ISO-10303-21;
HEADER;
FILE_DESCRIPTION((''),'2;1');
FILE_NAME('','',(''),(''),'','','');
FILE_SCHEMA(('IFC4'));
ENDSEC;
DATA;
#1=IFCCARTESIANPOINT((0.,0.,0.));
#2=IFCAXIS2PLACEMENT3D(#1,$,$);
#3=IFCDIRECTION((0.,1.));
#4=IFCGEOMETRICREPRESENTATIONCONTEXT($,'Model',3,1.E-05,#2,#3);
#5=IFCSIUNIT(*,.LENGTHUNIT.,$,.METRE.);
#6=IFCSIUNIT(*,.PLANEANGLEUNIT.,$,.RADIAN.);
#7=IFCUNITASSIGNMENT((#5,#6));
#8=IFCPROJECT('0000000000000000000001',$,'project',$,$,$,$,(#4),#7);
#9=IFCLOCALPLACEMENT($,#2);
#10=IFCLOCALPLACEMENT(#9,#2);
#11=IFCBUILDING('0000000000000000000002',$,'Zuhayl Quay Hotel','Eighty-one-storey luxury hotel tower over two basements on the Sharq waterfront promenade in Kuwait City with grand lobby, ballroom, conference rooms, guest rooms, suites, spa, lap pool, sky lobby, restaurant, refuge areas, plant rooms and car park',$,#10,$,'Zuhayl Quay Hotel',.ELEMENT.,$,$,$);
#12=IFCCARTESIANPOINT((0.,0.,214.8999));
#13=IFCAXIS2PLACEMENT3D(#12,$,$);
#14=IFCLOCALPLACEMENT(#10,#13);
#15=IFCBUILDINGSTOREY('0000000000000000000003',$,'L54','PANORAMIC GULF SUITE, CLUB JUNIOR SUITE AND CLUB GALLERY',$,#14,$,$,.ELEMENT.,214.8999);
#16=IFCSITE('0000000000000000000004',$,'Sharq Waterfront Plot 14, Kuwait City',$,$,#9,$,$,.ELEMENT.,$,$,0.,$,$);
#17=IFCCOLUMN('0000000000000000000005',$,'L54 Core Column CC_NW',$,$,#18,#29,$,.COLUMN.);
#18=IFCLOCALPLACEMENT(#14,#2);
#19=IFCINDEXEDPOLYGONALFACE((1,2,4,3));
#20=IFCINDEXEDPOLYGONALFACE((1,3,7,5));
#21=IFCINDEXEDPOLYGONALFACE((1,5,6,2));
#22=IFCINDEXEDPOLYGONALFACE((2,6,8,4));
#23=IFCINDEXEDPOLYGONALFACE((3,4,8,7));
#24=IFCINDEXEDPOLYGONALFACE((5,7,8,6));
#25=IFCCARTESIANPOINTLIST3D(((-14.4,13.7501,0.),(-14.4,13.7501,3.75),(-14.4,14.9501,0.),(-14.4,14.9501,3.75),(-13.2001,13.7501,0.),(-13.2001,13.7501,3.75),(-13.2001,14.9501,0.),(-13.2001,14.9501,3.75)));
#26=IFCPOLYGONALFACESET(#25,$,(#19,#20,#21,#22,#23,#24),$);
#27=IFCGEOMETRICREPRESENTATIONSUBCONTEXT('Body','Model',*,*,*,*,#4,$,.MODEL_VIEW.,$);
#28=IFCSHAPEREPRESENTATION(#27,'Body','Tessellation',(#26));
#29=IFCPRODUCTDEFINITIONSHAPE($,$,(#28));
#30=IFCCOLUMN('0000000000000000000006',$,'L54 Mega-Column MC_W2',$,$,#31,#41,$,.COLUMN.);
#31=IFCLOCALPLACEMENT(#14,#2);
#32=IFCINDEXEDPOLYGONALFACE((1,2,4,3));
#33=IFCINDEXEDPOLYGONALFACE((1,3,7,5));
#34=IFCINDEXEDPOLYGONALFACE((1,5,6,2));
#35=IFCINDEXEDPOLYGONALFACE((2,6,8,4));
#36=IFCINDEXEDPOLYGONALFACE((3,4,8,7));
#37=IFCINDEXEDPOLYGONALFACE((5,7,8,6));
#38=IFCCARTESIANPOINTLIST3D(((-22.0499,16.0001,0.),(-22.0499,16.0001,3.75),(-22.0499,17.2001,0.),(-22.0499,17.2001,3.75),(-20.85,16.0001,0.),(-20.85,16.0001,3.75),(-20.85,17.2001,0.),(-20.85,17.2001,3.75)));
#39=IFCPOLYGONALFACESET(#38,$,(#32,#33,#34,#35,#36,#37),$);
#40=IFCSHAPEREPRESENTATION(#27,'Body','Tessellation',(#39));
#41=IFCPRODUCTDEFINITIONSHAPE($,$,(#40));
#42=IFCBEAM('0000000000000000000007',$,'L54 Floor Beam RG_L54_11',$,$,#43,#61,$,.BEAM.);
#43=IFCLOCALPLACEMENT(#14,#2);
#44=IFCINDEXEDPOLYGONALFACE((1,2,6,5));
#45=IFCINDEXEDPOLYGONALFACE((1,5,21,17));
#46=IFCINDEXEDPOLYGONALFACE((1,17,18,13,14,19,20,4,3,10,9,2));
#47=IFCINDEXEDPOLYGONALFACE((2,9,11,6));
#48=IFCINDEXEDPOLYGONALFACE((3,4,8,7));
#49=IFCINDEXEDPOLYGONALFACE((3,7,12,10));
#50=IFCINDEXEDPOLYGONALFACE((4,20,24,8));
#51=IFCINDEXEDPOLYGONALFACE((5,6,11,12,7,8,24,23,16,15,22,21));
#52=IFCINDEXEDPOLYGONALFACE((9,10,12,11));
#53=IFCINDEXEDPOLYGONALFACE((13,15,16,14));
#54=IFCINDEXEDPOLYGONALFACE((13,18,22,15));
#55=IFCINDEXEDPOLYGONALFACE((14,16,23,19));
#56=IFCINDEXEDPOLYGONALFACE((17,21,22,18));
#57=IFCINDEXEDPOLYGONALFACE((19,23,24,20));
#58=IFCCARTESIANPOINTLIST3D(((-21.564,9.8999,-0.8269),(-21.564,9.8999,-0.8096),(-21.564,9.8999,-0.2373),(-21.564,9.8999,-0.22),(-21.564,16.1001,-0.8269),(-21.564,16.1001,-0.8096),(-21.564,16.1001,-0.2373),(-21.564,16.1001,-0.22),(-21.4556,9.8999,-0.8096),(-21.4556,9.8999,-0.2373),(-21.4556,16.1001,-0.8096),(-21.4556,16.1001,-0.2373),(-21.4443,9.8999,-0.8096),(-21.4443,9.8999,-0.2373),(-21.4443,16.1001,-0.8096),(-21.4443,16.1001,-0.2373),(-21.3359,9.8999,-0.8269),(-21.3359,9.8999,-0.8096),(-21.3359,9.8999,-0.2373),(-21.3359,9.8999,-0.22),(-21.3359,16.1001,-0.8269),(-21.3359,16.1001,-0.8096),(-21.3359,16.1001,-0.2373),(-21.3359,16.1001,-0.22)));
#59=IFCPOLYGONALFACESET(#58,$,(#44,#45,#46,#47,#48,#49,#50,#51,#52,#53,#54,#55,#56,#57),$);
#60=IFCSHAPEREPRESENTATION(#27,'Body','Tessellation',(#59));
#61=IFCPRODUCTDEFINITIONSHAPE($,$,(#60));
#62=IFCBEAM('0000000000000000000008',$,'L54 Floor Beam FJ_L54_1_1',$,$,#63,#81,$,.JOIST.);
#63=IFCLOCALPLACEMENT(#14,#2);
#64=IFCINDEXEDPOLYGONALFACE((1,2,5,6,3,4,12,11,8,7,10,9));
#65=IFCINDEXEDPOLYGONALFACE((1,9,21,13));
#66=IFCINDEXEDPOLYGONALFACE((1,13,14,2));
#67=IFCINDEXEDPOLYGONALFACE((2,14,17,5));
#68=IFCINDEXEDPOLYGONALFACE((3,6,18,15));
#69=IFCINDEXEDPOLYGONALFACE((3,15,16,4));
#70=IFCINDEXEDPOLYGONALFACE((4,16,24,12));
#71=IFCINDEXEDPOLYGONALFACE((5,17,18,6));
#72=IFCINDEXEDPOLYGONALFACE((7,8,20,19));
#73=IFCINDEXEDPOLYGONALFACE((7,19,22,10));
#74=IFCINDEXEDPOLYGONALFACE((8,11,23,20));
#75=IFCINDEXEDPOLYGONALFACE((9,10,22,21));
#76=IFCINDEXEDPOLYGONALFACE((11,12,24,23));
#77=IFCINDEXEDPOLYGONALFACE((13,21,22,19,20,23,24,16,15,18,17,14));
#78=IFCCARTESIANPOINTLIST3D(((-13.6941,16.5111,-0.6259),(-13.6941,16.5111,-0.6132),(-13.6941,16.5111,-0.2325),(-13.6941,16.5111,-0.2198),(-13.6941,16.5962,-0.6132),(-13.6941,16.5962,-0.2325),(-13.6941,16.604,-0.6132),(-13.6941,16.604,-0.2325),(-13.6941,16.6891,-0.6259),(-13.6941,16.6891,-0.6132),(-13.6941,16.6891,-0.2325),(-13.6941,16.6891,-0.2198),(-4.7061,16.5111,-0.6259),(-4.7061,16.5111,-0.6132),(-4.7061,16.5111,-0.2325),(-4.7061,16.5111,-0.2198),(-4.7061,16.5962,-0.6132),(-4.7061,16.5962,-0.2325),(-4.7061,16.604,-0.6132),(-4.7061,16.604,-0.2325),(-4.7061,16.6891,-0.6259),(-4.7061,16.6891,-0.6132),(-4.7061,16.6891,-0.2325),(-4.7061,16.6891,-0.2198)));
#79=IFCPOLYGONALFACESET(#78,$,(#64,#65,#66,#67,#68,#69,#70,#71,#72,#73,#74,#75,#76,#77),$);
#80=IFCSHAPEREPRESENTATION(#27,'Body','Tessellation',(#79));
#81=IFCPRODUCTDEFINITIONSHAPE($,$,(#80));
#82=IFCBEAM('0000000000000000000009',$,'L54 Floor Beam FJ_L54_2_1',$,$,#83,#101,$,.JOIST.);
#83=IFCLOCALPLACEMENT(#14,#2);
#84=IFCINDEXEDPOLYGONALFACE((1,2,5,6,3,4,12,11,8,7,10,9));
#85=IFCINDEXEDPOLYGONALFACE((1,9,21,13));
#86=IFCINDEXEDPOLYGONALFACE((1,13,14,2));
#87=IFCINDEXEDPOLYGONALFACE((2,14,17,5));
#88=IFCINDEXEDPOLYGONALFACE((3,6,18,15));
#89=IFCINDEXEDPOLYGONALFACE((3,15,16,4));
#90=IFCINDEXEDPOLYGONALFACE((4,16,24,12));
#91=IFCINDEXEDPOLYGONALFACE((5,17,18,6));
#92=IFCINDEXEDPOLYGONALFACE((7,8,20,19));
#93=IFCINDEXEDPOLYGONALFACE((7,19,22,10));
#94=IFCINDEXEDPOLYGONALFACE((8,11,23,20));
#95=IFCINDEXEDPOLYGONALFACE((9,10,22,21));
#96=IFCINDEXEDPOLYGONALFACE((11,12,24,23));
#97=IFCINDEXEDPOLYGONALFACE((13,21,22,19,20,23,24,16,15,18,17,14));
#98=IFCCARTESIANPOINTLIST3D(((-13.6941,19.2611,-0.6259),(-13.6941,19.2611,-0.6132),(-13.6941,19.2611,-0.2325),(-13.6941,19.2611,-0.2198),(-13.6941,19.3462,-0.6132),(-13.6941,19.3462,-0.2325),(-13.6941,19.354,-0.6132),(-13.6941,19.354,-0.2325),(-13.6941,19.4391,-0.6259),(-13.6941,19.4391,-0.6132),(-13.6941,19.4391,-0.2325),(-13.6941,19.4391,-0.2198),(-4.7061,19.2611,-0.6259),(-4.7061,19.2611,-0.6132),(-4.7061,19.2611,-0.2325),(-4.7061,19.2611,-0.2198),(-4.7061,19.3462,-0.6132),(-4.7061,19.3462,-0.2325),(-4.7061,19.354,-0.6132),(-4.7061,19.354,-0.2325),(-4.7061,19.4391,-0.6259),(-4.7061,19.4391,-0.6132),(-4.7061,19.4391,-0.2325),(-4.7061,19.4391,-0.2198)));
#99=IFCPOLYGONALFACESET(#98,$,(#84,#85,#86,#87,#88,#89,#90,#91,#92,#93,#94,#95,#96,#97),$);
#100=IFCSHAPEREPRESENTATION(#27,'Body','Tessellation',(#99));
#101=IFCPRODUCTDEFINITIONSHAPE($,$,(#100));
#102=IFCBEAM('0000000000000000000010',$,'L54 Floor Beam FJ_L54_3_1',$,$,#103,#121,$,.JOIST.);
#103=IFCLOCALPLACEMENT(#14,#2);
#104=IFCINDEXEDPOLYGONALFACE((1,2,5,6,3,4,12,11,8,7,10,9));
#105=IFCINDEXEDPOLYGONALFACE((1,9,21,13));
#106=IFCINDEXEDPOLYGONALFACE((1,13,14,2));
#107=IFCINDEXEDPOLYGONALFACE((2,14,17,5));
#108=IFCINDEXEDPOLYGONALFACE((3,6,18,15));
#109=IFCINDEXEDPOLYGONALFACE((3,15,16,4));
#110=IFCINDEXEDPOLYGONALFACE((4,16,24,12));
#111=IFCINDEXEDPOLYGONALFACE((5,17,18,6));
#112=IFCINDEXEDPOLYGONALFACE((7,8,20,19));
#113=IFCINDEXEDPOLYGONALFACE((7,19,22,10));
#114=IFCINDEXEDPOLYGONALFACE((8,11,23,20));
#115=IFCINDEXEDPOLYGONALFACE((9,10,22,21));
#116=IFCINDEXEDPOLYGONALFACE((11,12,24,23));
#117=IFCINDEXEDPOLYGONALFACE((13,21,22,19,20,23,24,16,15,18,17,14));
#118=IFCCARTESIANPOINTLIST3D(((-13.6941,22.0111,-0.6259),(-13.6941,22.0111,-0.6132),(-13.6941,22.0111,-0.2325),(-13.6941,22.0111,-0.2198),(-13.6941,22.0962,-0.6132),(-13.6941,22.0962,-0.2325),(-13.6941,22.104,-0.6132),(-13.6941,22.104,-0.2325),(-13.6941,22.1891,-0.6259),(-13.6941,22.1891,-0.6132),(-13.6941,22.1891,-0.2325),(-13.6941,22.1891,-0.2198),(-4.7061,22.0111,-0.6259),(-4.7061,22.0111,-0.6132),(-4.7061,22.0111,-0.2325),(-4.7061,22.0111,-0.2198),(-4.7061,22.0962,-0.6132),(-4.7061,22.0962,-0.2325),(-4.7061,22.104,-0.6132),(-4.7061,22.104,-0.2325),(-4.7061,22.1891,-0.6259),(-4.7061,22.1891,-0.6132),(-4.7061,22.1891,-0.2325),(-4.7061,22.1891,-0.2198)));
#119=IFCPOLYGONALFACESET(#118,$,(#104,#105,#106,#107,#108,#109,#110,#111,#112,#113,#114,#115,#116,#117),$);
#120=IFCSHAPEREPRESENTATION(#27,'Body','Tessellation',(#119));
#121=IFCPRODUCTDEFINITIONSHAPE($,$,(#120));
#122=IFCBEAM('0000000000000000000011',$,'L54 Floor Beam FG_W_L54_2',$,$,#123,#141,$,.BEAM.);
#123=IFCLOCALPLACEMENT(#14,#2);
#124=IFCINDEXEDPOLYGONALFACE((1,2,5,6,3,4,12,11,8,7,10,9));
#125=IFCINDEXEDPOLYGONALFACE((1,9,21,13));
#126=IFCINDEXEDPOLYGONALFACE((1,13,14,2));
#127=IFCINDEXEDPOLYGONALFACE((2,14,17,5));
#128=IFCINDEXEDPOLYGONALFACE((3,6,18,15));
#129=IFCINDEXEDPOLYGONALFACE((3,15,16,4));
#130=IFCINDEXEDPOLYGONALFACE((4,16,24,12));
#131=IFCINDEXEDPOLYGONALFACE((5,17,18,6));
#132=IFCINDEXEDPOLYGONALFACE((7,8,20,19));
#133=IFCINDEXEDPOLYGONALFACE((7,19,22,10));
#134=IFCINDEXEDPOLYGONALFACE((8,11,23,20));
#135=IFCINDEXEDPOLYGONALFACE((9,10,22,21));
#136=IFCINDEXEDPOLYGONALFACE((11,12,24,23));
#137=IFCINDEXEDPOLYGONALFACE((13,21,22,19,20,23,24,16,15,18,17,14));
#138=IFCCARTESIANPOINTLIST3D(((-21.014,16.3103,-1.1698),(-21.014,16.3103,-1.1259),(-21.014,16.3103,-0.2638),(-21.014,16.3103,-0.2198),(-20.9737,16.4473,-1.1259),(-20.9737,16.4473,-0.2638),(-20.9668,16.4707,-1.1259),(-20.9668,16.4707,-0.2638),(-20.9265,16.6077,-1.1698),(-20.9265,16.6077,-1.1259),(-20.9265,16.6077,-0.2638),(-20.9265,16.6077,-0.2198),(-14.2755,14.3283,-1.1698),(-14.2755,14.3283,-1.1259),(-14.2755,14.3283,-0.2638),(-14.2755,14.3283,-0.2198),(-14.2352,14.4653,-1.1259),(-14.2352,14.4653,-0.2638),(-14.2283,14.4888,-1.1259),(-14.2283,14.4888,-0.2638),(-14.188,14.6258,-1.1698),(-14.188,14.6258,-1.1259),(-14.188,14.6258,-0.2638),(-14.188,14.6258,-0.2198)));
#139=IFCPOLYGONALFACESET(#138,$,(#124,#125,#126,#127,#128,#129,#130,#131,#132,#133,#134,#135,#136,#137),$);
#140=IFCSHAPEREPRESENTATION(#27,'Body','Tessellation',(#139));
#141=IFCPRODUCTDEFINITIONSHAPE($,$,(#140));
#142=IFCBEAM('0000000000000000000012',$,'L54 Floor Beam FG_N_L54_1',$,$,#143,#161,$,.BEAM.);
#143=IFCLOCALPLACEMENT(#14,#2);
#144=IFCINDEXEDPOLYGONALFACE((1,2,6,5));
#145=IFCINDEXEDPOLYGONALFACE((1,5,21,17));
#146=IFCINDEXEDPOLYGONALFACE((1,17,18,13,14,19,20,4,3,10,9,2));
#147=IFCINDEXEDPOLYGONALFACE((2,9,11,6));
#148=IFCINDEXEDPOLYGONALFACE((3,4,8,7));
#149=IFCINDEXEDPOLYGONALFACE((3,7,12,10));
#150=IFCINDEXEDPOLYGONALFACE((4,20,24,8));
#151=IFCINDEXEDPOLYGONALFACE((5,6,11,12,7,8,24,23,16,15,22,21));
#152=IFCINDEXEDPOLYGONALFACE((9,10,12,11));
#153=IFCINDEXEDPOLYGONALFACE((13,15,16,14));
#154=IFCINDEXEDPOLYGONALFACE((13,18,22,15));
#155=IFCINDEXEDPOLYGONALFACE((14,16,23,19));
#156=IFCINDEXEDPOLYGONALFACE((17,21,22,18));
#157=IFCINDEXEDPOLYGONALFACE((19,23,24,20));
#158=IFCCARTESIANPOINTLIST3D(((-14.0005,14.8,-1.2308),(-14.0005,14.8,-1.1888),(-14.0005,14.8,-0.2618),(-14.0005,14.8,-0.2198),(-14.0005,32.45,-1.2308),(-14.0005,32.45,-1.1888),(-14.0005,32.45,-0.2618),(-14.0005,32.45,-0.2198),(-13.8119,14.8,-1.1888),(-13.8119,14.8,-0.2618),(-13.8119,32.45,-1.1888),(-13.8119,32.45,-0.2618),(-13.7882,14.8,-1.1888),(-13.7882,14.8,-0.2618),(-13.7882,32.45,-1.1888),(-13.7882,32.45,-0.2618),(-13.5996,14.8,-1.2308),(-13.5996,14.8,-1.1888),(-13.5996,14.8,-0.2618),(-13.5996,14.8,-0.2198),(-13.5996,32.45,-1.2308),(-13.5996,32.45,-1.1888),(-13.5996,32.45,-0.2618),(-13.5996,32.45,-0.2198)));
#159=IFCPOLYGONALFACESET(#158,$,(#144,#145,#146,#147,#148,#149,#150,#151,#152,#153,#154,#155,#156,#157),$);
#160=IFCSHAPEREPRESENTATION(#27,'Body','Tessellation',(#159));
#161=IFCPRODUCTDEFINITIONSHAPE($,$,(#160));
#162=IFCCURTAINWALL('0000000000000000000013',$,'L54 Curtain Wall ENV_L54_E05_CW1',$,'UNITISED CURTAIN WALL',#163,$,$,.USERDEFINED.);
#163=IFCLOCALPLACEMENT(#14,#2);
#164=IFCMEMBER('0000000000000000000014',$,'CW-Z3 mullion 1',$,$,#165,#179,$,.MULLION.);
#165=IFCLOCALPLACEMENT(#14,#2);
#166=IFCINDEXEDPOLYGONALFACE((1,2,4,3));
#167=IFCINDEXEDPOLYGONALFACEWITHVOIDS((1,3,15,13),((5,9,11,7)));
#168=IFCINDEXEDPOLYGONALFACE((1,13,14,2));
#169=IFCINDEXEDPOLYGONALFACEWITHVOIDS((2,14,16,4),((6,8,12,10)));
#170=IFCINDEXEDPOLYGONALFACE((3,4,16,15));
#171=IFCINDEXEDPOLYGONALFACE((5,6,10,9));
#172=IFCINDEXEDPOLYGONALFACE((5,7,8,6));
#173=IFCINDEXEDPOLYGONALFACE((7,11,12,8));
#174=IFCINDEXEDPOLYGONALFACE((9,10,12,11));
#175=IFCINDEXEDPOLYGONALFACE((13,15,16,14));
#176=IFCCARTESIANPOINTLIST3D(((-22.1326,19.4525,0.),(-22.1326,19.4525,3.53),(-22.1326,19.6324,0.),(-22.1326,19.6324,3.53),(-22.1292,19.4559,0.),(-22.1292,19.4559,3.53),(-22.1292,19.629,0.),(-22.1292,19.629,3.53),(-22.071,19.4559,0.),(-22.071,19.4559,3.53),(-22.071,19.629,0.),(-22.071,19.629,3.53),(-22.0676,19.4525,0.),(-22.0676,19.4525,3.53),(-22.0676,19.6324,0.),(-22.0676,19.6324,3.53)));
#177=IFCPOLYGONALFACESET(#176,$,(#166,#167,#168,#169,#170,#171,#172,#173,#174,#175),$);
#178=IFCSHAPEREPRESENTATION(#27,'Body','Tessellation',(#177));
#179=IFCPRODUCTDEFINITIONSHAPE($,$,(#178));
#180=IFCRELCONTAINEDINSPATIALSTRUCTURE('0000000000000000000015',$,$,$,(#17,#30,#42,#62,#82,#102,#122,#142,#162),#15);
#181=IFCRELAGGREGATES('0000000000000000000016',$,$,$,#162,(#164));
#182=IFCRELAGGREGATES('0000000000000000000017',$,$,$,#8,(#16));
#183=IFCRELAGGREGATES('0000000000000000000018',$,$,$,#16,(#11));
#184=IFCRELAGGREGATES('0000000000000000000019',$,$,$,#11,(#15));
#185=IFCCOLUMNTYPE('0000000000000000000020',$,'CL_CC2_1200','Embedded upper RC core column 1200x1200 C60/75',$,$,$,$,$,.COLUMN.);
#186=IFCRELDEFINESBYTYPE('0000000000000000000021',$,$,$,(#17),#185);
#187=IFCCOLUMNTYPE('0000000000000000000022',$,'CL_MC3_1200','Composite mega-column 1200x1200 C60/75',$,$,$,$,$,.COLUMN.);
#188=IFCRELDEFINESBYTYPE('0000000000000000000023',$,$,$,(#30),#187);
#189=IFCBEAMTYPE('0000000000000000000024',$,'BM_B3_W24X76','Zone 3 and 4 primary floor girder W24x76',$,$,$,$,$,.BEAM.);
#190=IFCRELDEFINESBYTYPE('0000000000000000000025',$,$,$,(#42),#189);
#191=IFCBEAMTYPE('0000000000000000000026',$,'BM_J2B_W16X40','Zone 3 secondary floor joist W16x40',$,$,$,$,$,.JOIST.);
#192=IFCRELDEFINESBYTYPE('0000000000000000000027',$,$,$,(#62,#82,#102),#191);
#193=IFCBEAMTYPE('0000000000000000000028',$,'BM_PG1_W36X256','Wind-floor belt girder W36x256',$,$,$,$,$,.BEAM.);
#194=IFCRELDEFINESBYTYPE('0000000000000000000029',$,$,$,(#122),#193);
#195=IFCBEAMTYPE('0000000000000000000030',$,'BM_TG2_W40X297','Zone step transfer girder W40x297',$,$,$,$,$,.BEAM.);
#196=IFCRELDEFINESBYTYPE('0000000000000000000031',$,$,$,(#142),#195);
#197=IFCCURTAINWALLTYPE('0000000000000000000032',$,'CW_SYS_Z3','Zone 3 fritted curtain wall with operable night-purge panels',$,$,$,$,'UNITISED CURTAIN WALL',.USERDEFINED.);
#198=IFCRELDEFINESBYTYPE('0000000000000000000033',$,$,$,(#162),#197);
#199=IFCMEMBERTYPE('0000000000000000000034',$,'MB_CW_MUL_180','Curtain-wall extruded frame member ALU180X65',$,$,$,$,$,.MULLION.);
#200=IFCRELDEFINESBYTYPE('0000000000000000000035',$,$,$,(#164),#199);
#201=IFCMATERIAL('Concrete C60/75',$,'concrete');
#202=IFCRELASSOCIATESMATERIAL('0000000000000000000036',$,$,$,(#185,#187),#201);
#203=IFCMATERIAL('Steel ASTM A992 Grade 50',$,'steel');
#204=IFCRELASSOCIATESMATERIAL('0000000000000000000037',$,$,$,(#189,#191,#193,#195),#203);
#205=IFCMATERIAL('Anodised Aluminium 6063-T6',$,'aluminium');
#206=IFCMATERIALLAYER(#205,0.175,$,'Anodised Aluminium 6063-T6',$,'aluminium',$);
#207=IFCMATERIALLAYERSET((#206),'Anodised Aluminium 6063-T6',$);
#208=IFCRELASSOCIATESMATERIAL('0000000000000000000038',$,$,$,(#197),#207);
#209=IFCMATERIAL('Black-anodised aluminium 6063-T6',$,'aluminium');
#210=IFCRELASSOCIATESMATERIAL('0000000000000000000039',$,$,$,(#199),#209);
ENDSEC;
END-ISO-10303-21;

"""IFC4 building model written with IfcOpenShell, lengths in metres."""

from ifc_helpers import new_model, si_unit, direction, frame, origin, origin_2d, place, context, subcontext, project, spatial, rectangle, hollow_rectangle, i_section, extrude, material, layer, layer_set, material_profile, profile_set, type_object, element, aggregate, save


model = new_model("IFC4")

# Units and contexts
model_context = context("Model", 3, precision=1e-05, world=origin(), true_north=direction((0.0, 1.0)))
body_context = subcontext(model_context, "Body", "Model", "MODEL_VIEW")
ifc_project = project(units=[si_unit("LENGTHUNIT", "METRE"), si_unit("PLANEANGLEUNIT", "RADIAN")], contexts=[model_context])

# Site, building, storey
site_placement = place(None, origin())
site = spatial("IfcSite", under=ifc_project, at=site_placement, Name="Sharq Waterfront Plot 14, Kuwait City", CompositionType="ELEMENT", RefElevation=0.0)
building_placement = place(site_placement, origin())
building = spatial("IfcBuilding", under=site, at=building_placement, Name="Zuhayl Quay Hotel", Description="Eighty-one-storey luxury hotel tower over two basements on the Sharq waterfront promenade in Kuwait City with grand lobby, ballroom, conference rooms, guest rooms, suites, spa, lap pool, sky lobby, restaurant, refuge areas, plant rooms and car park", LongName="Zuhayl Quay Hotel", CompositionType="ELEMENT")
storey_placement = place(building_placement, frame((0.0, 0.0, 214.8999)))
storey = spatial("IfcBuildingStorey", under=building, at=storey_placement, Name="L54", Description="PANORAMIC GULF SUITE, CLUB JUNIOR SUITE AND CLUB GALLERY", CompositionType="ELEMENT", Elevation=214.8999)

# Columns
ifc_material_1 = material(Name="Concrete C60/75", Category="concrete")
ifc_material_profile_1 = material_profile(ifc_material_1, rectangle(XDim=1.2, YDim=1.2, at=origin_2d()), Name="RC1200X1200")
ifc_profile_set_1 = profile_set([ifc_material_profile_1], Name="Concrete C60/75")
column_type_1 = type_object("IfcColumnType", Name="CL_CC2_1200", Description="Embedded upper RC core column 1200x1200 C60/75", PredefinedType="COLUMN", material=ifc_profile_set_1)
column_1_placement = place(storey_placement, frame((-13.8, 14.3501, 0.0), z_axis=(0.0, 0.0, 1.0), x_axis=(1.0, 0.0, 0.0)))
element("IfcColumn", 1, at=column_1_placement, inside=storey, type_object=column_type_1, Name="L54 Core Column CC_NW", PredefinedType="COLUMN", context=body_context, shape_type="SweptSolid", body=[
    extrude(rectangle(XDim=1.2, YDim=1.2, at=origin_2d()), origin(), (0.0, 0.0, 1.0), 3.75),
])
ifc_material_profile_2 = material_profile(ifc_material_1, rectangle(XDim=1.2, YDim=1.2, at=origin_2d()), Name="RC1200X1200")
ifc_profile_set_2 = profile_set([ifc_material_profile_2], Name="Concrete C60/75")
column_type_2 = type_object("IfcColumnType", Name="CL_MC3_1200", Description="Composite mega-column 1200x1200 C60/75", PredefinedType="COLUMN", material=ifc_profile_set_2)
column_2_placement = place(storey_placement, frame((-21.45, 16.6001, 0.0), z_axis=(0.0, 0.0, 1.0), x_axis=(1.0, 0.0, 0.0)))
element("IfcColumn", 2, at=column_2_placement, inside=storey, type_object=column_type_2, Name="L54 Mega-Column MC_W2", PredefinedType="COLUMN", context=body_context, shape_type="SweptSolid", body=[
    extrude(rectangle(XDim=1.2, YDim=1.2, at=origin_2d()), origin(), (0.0, 0.0, 1.0), 3.75),
])

# Beams
ifc_material_2 = material(Name="Steel ASTM A992 Grade 50", Category="steel")
ifc_material_profile_3 = material_profile(ifc_material_2, i_section(OverallWidth=0.228, OverallDepth=0.6069, WebThickness=0.0112, FlangeThickness=0.0173, at=origin_2d()), Name="W24X76")
ifc_profile_set_3 = profile_set([ifc_material_profile_3], Name="Steel ASTM A992 Grade 50")
beam_type_1 = type_object("IfcBeamType", Name="BM_B3_W24X76", Description="Zone 3 and 4 primary floor girder W24x76", PredefinedType="BEAM", material=ifc_profile_set_3)
beam_1_placement = place(storey_placement, frame((-21.45, 16.1001, -0.5234), z_axis=(0.0, -1.0, 0.0), x_axis=(1.0, 0.0, 0.0)))
element("IfcBeam", 3, at=beam_1_placement, inside=storey, type_object=beam_type_1, Name="L54 Floor Beam RG_L54_11", PredefinedType="BEAM", context=body_context, shape_type="SweptSolid", body=[
    extrude(i_section(OverallWidth=0.228, OverallDepth=0.6069, WebThickness=0.0112, FlangeThickness=0.0173, at=origin_2d()), origin(), (0.0, 0.0, 1.0), 6.2002),
])
ifc_material_profile_4 = material_profile(ifc_material_2, i_section(OverallWidth=0.178, OverallDepth=0.406, WebThickness=0.0078, FlangeThickness=0.0127, at=origin_2d()), Name="W16X40")
ifc_profile_set_4 = profile_set([ifc_material_profile_4], Name="Steel ASTM A992 Grade 50")
beam_type_2 = type_object("IfcBeamType", Name="BM_J2B_W16X40", Description="Zone 3 secondary floor joist W16x40", PredefinedType="JOIST", material=ifc_profile_set_4)
for number, where, z_axis, x_axis, name in (
    (4, (-13.6941, 16.6001, -0.4229), (1.0, 0.0, 0.0), (0.0, 1.0, 0.0), "L54 Floor Beam FJ_L54_1_1"),
    (5, (-13.6941, 19.3501, -0.4229), (1.0, 0.0, 0.0), (0.0, 1.0, 0.0), "L54 Floor Beam FJ_L54_2_1"),
    (6, (-13.6941, 22.1001, -0.4229), (1.0, 0.0, 0.0), (0.0, 1.0, 0.0), "L54 Floor Beam FJ_L54_3_1"),
):
    element("IfcBeam", number, at=place(storey_placement, frame(where, z_axis=z_axis, x_axis=x_axis)), inside=storey, type_object=beam_type_2, Name=name, PredefinedType="JOIST", context=body_context, shape_type="SweptSolid", body=[
        extrude(i_section(OverallWidth=0.178, OverallDepth=0.406, WebThickness=0.0078, FlangeThickness=0.0127, at=origin_2d()), origin(), (0.0, 0.0, 1.0), 8.988),
    ])
ifc_material_profile_5 = material_profile(ifc_material_2, i_section(OverallWidth=0.3101, OverallDepth=0.95, WebThickness=0.0244, FlangeThickness=0.0439, at=origin_2d()), Name="W36X256")
ifc_profile_set_5 = profile_set([ifc_material_profile_5], Name="Steel ASTM A992 Grade 50")
beam_type_3 = type_object("IfcBeamType", Name="BM_PG1_W36X256", Description="Wind-floor belt girder W36x256", PredefinedType="BEAM", material=ifc_profile_set_5)
beam_2_placement = place(storey_placement, frame((-20.9702, 16.459, -0.6948), z_axis=(0.959365, -0.282168, 0.0), x_axis=(0.282168, 0.959365, 0.0)))
element("IfcBeam", 7, at=beam_2_placement, inside=storey, type_object=beam_type_3, Name="L54 Floor Beam FG_W_L54_2", PredefinedType="BEAM", context=body_context, shape_type="SweptSolid", body=[
    extrude(i_section(OverallWidth=0.3101, OverallDepth=0.95, WebThickness=0.0244, FlangeThickness=0.0439, at=origin_2d()), origin(), (0.0, 0.0, 1.0), 7.0239),
])
ifc_material_profile_6 = material_profile(ifc_material_2, i_section(OverallWidth=0.4009, OverallDepth=1.011, WebThickness=0.0237, FlangeThickness=0.042, at=origin_2d()), Name="W40X297")
ifc_profile_set_6 = profile_set([ifc_material_profile_6], Name="Steel ASTM A992 Grade 50")
beam_type_4 = type_object("IfcBeamType", Name="BM_TG2_W40X297", Description="Zone step transfer girder W40x297", PredefinedType="BEAM", material=ifc_profile_set_6)
beam_3_placement = place(storey_placement, frame((-13.8, 14.8, -0.7253), z_axis=(0.0, 1.0, 0.0), x_axis=(-1.0, 0.0, 0.0)))
element("IfcBeam", 8, at=beam_3_placement, inside=storey, type_object=beam_type_4, Name="L54 Floor Beam FG_N_L54_1", PredefinedType="BEAM", context=body_context, shape_type="SweptSolid", body=[
    extrude(i_section(OverallWidth=0.4009, OverallDepth=1.011, WebThickness=0.0237, FlangeThickness=0.042, at=origin_2d()), origin(), (0.0, 0.0, 1.0), 17.6499),
])

# Curtain wall, member
ifc_material_3 = material(Name="Anodised Aluminium 6063-T6", Category="aluminium")
ifc_layer_1 = layer(ifc_material_3, 0.175, Name="Anodised Aluminium 6063-T6", Category="aluminium")
ifc_layer_set_1 = layer_set([ifc_layer_1], Name="Anodised Aluminium 6063-T6")
curtain_wall_type = type_object("IfcCurtainWallType", Name="CW_SYS_Z3", Description="Zone 3 fritted curtain wall with operable night-purge panels", ElementType="UNITISED CURTAIN WALL", PredefinedType="USERDEFINED", material=ifc_layer_set_1)
curtain_wall_placement = place(storey_placement, origin())
curtain_wall = element("IfcCurtainWall", 9, at=curtain_wall_placement, inside=storey, type_object=curtain_wall_type, Name="L54 Curtain Wall ENV_L54_E05_CW1", ObjectType="UNITISED CURTAIN WALL", PredefinedType="USERDEFINED")
ifc_material_4 = material(Name="Black-anodised aluminium 6063-T6", Category="aluminium")
ifc_material_profile_7 = material_profile(ifc_material_4, hollow_rectangle(XDim=0.0649, YDim=0.1799, WallThickness=0.0034, at=origin_2d()), Name="ALU180X65")
ifc_profile_set_7 = profile_set([ifc_material_profile_7], Name="Black-anodised aluminium 6063-T6")
member_type_1 = type_object("IfcMemberType", Name="MB_CW_MUL_180", Description="Curtain-wall extruded frame member ALU180X65", PredefinedType="MULLION", material=ifc_profile_set_7)
member_1_placement = place(storey_placement, frame((-22.1001, 19.5425, 0.0), z_axis=(0.0, 0.0, 1.0), x_axis=(-1.0, 0.0, 0.0)))
member_1 = element("IfcMember", 10, at=member_1_placement, type_object=member_type_1, Name="CW-Z3 mullion 1", PredefinedType="MULLION", context=body_context, shape_type="SweptSolid", body=[
    extrude(hollow_rectangle(XDim=0.0649, YDim=0.1799, WallThickness=0.0034, at=origin_2d()), origin(), (0.0, 0.0, 1.0), 3.53),
])
aggregate(curtain_wall, [member_1])

save(model, "model.ifc")
